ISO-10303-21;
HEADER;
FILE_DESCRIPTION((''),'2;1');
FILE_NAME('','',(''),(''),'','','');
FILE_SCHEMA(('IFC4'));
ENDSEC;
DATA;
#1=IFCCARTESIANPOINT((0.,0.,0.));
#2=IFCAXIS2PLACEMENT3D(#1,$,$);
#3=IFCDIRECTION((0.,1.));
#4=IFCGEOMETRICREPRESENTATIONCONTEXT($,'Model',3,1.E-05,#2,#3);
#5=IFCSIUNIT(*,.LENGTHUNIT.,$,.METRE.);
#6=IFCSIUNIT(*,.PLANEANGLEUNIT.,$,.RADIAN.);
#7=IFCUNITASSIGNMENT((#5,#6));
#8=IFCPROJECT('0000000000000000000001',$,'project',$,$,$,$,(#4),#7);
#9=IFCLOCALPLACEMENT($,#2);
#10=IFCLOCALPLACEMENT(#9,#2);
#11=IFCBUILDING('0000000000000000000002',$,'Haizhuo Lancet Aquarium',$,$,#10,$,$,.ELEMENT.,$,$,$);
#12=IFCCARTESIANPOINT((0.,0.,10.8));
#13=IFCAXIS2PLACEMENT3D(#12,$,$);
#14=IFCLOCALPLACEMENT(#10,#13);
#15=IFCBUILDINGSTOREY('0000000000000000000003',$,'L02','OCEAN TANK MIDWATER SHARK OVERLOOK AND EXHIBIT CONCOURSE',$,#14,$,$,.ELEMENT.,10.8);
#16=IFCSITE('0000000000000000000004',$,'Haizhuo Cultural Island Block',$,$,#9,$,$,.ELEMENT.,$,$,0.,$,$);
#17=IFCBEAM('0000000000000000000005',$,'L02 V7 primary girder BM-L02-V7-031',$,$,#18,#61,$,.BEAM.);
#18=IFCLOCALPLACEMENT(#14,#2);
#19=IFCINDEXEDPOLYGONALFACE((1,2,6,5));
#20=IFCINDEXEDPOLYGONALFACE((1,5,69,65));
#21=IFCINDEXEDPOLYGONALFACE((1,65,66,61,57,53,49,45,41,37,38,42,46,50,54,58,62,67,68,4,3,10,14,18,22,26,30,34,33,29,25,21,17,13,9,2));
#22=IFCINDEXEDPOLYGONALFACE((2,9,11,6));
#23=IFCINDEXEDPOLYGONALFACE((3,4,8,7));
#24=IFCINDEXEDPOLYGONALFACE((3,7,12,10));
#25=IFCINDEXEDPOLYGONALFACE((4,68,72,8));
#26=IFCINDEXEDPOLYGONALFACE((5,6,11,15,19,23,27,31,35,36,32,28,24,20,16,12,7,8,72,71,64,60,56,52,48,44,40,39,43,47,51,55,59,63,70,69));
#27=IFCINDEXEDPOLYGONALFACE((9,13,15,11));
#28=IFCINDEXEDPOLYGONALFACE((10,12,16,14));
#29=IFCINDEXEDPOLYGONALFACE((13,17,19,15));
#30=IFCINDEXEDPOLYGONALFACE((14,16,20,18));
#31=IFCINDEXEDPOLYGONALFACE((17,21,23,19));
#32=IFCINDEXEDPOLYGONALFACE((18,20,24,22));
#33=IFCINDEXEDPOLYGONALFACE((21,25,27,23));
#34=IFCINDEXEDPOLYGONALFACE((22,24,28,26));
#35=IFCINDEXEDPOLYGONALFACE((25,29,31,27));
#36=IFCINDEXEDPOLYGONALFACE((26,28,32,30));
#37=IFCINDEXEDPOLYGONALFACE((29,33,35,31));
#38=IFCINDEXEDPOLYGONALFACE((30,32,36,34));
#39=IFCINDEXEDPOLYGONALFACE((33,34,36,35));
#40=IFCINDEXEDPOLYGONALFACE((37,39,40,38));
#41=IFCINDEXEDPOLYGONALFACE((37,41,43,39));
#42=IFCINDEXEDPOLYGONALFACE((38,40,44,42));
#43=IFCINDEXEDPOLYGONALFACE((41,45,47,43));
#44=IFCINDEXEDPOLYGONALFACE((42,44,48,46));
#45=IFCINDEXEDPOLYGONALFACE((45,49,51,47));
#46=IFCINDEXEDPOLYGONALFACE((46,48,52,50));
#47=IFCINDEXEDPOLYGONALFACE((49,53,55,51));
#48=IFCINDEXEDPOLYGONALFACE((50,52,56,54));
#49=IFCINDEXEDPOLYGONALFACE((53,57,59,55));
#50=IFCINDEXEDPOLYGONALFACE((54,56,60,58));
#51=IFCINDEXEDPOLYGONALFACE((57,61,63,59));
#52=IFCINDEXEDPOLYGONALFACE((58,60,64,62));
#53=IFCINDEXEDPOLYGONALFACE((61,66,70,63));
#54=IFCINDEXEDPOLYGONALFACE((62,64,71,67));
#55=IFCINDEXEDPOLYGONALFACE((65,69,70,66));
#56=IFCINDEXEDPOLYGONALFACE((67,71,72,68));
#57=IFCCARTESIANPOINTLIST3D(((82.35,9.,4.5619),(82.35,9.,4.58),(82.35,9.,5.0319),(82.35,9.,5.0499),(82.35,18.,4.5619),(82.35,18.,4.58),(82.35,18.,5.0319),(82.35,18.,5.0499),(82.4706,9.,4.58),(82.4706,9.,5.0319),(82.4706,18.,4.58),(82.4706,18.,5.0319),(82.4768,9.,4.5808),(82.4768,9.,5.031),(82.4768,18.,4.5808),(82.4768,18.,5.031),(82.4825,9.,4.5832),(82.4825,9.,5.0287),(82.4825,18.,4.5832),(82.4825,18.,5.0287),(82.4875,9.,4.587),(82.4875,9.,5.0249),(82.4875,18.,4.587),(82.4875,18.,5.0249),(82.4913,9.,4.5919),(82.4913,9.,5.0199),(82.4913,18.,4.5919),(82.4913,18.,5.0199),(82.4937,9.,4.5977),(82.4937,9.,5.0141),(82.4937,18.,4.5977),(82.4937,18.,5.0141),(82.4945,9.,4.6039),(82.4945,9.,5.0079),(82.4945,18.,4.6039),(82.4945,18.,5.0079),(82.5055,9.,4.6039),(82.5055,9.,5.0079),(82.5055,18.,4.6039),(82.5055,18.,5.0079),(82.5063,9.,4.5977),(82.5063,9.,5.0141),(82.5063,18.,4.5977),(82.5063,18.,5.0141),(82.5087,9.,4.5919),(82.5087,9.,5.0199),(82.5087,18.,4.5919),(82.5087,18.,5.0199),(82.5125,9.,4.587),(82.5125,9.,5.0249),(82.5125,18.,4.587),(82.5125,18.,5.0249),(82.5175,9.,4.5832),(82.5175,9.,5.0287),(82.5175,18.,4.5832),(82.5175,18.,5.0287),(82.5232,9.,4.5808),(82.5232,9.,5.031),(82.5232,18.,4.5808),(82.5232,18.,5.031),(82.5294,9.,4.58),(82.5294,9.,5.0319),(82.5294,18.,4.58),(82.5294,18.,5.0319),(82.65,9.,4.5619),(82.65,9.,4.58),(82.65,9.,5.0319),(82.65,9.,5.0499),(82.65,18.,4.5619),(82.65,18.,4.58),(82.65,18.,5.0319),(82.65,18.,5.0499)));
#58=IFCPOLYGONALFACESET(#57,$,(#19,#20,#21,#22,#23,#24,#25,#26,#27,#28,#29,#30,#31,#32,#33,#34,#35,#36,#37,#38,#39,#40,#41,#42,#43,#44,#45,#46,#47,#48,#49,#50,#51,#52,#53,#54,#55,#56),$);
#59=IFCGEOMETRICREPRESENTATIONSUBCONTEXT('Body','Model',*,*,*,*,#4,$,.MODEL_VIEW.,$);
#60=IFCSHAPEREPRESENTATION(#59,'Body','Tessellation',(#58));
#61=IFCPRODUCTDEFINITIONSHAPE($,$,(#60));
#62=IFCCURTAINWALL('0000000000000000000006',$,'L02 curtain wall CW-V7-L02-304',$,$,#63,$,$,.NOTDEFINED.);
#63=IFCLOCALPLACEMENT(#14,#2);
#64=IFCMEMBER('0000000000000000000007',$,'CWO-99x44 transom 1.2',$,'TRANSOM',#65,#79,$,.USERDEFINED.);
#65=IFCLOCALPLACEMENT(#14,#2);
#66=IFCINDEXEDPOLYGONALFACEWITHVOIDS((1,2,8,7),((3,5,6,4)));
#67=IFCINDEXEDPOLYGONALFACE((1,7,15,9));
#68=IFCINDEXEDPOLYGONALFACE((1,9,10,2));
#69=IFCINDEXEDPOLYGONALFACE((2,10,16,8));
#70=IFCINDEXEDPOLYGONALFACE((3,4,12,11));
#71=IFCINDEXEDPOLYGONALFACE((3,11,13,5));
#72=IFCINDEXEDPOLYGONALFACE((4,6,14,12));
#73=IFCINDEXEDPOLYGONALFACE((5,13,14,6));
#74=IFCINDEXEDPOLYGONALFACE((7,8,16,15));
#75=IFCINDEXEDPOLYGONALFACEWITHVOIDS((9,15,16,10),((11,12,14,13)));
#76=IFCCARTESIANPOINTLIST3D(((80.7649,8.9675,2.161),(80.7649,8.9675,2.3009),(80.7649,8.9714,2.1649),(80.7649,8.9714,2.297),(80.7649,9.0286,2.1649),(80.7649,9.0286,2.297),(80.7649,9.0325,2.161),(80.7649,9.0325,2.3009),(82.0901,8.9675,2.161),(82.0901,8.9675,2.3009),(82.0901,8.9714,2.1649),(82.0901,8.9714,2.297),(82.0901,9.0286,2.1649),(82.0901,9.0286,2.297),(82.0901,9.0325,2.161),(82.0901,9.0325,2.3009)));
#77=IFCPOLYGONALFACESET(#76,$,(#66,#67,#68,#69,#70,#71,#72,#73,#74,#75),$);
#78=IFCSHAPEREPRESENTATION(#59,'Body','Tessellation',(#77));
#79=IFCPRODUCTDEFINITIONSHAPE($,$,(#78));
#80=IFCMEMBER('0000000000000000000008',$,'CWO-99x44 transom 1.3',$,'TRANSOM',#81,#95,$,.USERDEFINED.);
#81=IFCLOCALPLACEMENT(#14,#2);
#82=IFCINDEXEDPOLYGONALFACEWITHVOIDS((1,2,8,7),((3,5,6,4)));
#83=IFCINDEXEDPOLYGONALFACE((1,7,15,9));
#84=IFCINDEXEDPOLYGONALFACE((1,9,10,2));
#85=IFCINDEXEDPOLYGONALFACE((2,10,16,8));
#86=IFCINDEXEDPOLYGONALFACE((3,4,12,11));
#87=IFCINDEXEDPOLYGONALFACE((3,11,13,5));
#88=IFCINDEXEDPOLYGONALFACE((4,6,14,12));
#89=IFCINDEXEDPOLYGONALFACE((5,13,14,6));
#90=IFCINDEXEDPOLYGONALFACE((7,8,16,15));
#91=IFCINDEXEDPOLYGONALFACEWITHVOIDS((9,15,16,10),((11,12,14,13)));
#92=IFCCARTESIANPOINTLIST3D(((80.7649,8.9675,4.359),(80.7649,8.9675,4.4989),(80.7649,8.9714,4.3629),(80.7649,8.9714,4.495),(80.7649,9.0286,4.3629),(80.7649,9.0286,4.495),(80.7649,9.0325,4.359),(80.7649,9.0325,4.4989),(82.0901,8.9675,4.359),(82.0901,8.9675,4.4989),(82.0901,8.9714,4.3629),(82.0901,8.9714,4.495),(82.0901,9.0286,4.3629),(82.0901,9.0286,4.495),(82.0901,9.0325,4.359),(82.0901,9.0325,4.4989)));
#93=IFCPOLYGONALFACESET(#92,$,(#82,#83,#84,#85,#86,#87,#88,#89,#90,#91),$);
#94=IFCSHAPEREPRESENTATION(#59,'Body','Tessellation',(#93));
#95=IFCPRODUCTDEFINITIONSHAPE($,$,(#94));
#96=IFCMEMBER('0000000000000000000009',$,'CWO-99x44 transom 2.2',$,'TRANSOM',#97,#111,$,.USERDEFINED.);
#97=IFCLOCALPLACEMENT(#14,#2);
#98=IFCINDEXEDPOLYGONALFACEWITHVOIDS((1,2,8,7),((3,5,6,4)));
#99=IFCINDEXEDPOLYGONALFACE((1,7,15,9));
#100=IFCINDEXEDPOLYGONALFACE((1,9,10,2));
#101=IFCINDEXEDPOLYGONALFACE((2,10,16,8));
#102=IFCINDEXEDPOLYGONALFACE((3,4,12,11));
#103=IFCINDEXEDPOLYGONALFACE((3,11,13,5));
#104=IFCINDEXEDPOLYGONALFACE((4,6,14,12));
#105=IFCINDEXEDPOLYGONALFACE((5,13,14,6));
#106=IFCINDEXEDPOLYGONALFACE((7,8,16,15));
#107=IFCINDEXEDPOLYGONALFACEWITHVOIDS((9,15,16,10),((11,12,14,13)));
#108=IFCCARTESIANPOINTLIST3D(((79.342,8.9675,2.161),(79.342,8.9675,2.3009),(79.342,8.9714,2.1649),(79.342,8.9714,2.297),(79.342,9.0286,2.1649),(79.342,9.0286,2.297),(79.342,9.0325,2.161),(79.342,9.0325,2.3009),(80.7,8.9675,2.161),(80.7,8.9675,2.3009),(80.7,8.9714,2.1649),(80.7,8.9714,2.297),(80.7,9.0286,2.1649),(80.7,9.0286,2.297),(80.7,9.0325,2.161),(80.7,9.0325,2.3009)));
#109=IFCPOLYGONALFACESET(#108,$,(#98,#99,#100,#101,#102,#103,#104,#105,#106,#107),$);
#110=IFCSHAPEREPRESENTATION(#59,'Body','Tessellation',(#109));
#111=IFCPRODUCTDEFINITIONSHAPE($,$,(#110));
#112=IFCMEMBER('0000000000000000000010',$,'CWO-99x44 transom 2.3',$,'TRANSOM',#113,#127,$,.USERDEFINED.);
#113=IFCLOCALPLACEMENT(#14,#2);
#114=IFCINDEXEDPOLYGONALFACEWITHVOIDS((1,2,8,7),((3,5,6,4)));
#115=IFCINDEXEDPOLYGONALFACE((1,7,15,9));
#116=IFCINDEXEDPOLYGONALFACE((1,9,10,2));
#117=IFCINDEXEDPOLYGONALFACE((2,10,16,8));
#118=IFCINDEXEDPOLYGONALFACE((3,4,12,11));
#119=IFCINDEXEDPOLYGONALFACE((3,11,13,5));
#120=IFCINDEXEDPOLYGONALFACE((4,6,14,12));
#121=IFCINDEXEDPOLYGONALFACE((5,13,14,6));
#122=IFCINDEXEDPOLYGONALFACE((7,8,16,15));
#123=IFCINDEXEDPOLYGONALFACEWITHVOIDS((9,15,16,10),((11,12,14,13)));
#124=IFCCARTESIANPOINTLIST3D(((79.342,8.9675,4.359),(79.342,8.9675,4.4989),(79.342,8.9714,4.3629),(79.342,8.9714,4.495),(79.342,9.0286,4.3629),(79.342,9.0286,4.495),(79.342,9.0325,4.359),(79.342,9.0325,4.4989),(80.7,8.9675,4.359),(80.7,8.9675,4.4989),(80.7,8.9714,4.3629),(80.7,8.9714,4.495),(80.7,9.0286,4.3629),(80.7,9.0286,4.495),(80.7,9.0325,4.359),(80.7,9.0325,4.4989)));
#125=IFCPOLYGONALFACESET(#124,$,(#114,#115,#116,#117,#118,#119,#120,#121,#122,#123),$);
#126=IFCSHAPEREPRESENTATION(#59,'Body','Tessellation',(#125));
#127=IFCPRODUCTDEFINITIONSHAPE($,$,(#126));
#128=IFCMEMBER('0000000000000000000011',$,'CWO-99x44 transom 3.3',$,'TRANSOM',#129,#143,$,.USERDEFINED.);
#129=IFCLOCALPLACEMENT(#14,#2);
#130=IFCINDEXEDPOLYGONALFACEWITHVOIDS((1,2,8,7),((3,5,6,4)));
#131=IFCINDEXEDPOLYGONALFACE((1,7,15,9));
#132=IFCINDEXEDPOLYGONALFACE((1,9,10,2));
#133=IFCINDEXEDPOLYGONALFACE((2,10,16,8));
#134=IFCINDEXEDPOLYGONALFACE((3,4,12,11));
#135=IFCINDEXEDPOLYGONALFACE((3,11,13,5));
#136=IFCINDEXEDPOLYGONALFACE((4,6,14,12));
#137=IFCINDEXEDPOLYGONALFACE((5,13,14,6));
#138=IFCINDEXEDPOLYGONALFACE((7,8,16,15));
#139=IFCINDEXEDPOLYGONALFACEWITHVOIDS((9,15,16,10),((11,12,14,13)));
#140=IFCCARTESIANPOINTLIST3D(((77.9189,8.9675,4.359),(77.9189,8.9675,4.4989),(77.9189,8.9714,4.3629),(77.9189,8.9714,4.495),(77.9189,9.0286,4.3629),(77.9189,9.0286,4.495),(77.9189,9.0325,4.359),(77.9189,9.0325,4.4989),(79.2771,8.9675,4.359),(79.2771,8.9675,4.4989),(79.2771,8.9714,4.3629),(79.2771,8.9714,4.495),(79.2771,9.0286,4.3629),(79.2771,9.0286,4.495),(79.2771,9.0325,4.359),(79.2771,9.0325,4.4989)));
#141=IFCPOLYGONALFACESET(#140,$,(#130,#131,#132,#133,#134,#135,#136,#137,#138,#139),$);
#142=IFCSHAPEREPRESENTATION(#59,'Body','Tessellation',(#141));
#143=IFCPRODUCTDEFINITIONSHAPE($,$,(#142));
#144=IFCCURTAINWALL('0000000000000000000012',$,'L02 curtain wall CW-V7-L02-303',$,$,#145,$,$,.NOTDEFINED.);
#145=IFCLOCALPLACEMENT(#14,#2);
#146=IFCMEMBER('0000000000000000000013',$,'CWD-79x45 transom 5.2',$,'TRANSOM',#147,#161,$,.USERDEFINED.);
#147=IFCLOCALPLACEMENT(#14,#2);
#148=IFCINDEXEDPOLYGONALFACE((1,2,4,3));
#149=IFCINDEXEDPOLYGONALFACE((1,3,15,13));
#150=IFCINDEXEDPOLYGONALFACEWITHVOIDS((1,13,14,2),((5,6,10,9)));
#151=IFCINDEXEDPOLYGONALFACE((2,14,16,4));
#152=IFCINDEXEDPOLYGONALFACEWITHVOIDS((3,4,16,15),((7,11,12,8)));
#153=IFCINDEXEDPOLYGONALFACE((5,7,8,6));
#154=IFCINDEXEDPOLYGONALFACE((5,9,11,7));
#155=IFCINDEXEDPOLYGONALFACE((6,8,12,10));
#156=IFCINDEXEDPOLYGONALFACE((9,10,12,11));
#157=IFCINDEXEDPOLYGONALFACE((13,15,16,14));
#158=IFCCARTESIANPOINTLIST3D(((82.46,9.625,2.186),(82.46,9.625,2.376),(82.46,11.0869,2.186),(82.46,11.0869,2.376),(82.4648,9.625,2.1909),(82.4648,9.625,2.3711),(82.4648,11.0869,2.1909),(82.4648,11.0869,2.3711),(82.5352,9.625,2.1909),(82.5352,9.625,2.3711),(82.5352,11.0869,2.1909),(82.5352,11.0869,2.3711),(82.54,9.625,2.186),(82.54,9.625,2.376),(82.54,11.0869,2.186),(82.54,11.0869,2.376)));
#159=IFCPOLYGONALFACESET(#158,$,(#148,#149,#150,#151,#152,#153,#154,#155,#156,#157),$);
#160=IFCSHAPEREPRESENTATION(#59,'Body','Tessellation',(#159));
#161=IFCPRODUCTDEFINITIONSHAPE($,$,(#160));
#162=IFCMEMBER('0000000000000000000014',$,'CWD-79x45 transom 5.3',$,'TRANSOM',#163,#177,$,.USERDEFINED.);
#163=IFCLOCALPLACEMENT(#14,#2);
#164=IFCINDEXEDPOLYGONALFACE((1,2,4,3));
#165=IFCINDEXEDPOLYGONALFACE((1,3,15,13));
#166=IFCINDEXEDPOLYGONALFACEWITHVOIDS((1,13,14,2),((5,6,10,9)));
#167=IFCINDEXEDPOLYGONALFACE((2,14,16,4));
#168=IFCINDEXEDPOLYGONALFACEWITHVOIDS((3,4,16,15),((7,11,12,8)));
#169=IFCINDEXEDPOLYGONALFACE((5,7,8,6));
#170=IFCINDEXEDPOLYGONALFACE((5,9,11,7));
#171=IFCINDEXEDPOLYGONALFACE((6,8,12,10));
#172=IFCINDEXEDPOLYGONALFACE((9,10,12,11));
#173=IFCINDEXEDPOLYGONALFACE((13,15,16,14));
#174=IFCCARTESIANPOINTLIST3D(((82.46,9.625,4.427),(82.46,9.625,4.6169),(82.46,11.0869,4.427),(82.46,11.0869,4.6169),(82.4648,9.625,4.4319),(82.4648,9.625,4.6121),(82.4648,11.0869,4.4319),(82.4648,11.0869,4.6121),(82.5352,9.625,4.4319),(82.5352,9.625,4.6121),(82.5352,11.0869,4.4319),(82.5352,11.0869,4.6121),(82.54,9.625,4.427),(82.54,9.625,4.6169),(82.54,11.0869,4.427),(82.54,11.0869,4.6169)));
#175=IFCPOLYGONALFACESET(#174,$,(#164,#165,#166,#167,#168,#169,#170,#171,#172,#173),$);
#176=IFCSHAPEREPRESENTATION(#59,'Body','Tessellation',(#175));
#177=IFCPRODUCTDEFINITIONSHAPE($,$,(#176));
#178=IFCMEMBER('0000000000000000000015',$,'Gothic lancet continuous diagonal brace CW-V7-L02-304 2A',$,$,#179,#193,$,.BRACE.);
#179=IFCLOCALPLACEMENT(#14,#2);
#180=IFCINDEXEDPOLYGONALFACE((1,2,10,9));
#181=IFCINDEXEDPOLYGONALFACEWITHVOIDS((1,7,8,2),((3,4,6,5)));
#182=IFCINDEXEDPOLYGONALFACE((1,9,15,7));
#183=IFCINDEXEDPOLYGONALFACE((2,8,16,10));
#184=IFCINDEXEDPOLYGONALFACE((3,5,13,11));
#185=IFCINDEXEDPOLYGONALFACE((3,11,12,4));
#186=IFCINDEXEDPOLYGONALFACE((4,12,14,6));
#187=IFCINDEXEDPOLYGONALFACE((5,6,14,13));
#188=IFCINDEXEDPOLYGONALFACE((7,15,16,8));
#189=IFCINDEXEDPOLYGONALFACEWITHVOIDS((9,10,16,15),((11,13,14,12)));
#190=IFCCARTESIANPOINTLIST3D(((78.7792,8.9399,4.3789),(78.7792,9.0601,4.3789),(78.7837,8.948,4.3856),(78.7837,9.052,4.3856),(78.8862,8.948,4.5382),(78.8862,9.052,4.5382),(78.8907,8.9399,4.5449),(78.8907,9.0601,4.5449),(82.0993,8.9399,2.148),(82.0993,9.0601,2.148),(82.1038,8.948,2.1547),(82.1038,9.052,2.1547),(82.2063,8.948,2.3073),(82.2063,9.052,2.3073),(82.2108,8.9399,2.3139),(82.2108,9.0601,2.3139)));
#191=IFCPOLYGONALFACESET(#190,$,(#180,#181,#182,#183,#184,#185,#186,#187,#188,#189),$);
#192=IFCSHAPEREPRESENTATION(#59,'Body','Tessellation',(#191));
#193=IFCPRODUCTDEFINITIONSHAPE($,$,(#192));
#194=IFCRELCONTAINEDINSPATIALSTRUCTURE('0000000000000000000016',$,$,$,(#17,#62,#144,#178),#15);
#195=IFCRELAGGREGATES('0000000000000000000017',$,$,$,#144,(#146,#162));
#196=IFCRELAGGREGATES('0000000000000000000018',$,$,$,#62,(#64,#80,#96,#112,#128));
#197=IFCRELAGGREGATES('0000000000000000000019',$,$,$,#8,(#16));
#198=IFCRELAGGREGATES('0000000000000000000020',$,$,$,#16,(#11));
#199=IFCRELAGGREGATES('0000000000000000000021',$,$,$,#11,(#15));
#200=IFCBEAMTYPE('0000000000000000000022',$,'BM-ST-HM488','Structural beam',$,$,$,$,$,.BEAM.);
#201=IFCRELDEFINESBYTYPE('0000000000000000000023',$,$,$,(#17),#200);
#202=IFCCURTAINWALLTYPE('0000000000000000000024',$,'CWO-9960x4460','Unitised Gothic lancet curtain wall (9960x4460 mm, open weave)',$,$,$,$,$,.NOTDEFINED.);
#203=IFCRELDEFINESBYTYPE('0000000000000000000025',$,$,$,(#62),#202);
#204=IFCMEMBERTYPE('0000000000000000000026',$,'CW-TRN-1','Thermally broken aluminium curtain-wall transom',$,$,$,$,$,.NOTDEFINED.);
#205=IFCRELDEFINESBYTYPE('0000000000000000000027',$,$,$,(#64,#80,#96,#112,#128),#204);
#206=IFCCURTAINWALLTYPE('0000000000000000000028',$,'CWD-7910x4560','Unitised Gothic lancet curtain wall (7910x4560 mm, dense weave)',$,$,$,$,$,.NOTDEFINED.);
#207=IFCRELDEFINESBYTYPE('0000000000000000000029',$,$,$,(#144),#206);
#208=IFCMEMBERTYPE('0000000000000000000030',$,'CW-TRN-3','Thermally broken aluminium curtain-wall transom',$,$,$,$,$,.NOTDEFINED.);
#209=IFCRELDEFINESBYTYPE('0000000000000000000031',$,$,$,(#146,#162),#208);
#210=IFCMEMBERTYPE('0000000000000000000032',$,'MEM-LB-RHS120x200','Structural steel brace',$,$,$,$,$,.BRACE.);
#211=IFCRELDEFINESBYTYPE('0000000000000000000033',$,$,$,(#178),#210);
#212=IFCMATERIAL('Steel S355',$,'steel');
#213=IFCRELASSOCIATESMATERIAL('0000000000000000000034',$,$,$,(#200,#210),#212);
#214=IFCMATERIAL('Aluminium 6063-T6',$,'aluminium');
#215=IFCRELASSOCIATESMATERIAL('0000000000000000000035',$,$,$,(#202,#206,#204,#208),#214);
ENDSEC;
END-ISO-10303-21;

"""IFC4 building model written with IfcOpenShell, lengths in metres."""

from ifc_helpers import new_model, si_unit, direction, frame, origin, origin_2d, place, context, subcontext, project, spatial, hollow_rectangle, i_section, extrude, material, material_profile, profile_set, type_object, element, aggregate, save


model = new_model("IFC4")

# Units and contexts
model_context = context("Model", 3, precision=1e-05, world=origin(), true_north=direction((0.0, 1.0)))
body_context = subcontext(model_context, "Body", "Model", "MODEL_VIEW")
ifc_project = project(units=[si_unit("LENGTHUNIT", "METRE"), si_unit("PLANEANGLEUNIT", "RADIAN")], contexts=[model_context])

# Site, building, storey
site_placement = place(None, origin())
site = spatial("IfcSite", under=ifc_project, at=site_placement, Name="Haizhuo Cultural Island Block", CompositionType="ELEMENT", RefElevation=0.0)
building_placement = place(site_placement, origin())
building = spatial("IfcBuilding", under=site, at=building_placement, Name="Haizhuo Lancet Aquarium", CompositionType="ELEMENT")
storey_placement = place(building_placement, frame((0.0, 0.0, 10.8)))
storey = spatial("IfcBuildingStorey", under=building, at=storey_placement, Name="L02", Description="OCEAN TANK MIDWATER SHARK OVERLOOK AND EXHIBIT CONCOURSE", CompositionType="ELEMENT", Elevation=10.8)

# Beam
ifc_material_1 = material(Name="Steel S355", Category="steel")
ifc_material_profile_1 = material_profile(ifc_material_1, i_section(OverallWidth=0.3, OverallDepth=0.488, WebThickness=0.011, FlangeThickness=0.0181, FilletRadius=0.0239, at=origin_2d()), Name="HM 488x300x11x18")
ifc_profile_set_1 = profile_set([ifc_material_profile_1], Name="Steel S355")
beam_type = type_object("IfcBeamType", Name="BM-ST-HM488", Description="Structural beam", PredefinedType="BEAM", material=ifc_profile_set_1)
beam_placement = place(storey_placement, frame((82.5, 9.0, 4.8059), z_axis=(0.0, 1.0, 0.0), x_axis=(-1.0, 0.0, 0.0)))
element("IfcBeam", 1, at=beam_placement, inside=storey, type_object=beam_type, Name="L02 V7 primary girder BM-L02-V7-031", PredefinedType="BEAM", context=body_context, shape_type="SweptSolid", body=[
    extrude(i_section(OverallWidth=0.3, OverallDepth=0.488, WebThickness=0.011, FlangeThickness=0.0181, FilletRadius=0.0239, at=origin_2d()), origin(), (0.0, 0.0, 1.0), 9.0),
])

# Curtain walls, members
ifc_material_2 = material(Name="Aluminium 6063-T6", Category="aluminium")
curtain_wall_type_1 = type_object("IfcCurtainWallType", Name="CWO-9960x4460", Description="Unitised Gothic lancet curtain wall (9960x4460 mm, open weave)", PredefinedType="NOTDEFINED", material=ifc_material_2)
curtain_wall_1_placement = place(storey_placement, origin())
curtain_wall_1 = element("IfcCurtainWall", 2, at=curtain_wall_1_placement, inside=storey, type_object=curtain_wall_type_1, Name="L02 curtain wall CW-V7-L02-304", PredefinedType="NOTDEFINED")
ifc_material_profile_2 = material_profile(ifc_material_2, hollow_rectangle(XDim=0.0649, YDim=0.1399, WallThickness=0.0039, at=origin_2d()), Name="ALU-T 65x140x4")
ifc_profile_set_2 = profile_set([ifc_material_profile_2], Name="Aluminium 6063-T6")
member_type_1 = type_object("IfcMemberType", Name="CW-TRN-1", Description="Thermally broken aluminium curtain-wall transom", PredefinedType="NOTDEFINED", material=ifc_profile_set_2)
member_1_placement = place(storey_placement, frame((82.0901, 9.0, 2.231), z_axis=(-1.0, 0.0, 0.0), x_axis=(0.0, -1.0, 0.0)))
member_1 = element("IfcMember", 3, at=member_1_placement, type_object=member_type_1, Name="CWO-99x44 transom 1.2", ObjectType="TRANSOM", PredefinedType="USERDEFINED", context=body_context, shape_type="SweptSolid", body=[
    extrude(hollow_rectangle(XDim=0.0649, YDim=0.1399, WallThickness=0.0039, at=origin_2d()), origin(), (0.0, 0.0, 1.0), 1.3252),
])
member_2_placement = place(storey_placement, frame((82.0901, 9.0, 4.429), z_axis=(-1.0, 0.0, 0.0), x_axis=(0.0, -1.0, 0.0)))
member_2 = element("IfcMember", 4, at=member_2_placement, type_object=member_type_1, Name="CWO-99x44 transom 1.3", ObjectType="TRANSOM", PredefinedType="USERDEFINED", context=body_context, shape_type="SweptSolid", body=[
    extrude(hollow_rectangle(XDim=0.0649, YDim=0.1399, WallThickness=0.0039, at=origin_2d()), origin(), (0.0, 0.0, 1.0), 1.3252),
])
member_3_placement = place(storey_placement, frame((80.7, 9.0, 2.231), z_axis=(-1.0, 0.0, 0.0), x_axis=(0.0, -1.0, 0.0)))
member_3 = element("IfcMember", 5, at=member_3_placement, type_object=member_type_1, Name="CWO-99x44 transom 2.2", ObjectType="TRANSOM", PredefinedType="USERDEFINED", context=body_context, shape_type="SweptSolid", body=[
    extrude(hollow_rectangle(XDim=0.0649, YDim=0.1399, WallThickness=0.0039, at=origin_2d()), origin(), (0.0, 0.0, 1.0), 1.3579),
])
member_4_placement = place(storey_placement, frame((80.7, 9.0, 4.429), z_axis=(-1.0, 0.0, 0.0), x_axis=(0.0, -1.0, 0.0)))
member_4 = element("IfcMember", 6, at=member_4_placement, type_object=member_type_1, Name="CWO-99x44 transom 2.3", ObjectType="TRANSOM", PredefinedType="USERDEFINED", context=body_context, shape_type="SweptSolid", body=[
    extrude(hollow_rectangle(XDim=0.0649, YDim=0.1399, WallThickness=0.0039, at=origin_2d()), origin(), (0.0, 0.0, 1.0), 1.3579),
])
member_5_placement = place(storey_placement, frame((79.2771, 9.0, 4.429), z_axis=(-1.0, 0.0, 0.0), x_axis=(0.0, -1.0, 0.0)))
member_5 = element("IfcMember", 7, at=member_5_placement, type_object=member_type_1, Name="CWO-99x44 transom 3.3", ObjectType="TRANSOM", PredefinedType="USERDEFINED", context=body_context, shape_type="SweptSolid", body=[
    extrude(hollow_rectangle(XDim=0.0649, YDim=0.1399, WallThickness=0.0039, at=origin_2d()), origin(), (0.0, 0.0, 1.0), 1.3582),
])
curtain_wall_type_2 = type_object("IfcCurtainWallType", Name="CWD-7910x4560", Description="Unitised Gothic lancet curtain wall (7910x4560 mm, dense weave)", PredefinedType="NOTDEFINED", material=ifc_material_2)
curtain_wall_2_placement = place(storey_placement, origin())
curtain_wall_2 = element("IfcCurtainWall", 8, at=curtain_wall_2_placement, inside=storey, type_object=curtain_wall_type_2, Name="L02 curtain wall CW-V7-L02-303", PredefinedType="NOTDEFINED")
ifc_material_profile_3 = material_profile(ifc_material_2, hollow_rectangle(XDim=0.0801, YDim=0.1899, WallThickness=0.0049, at=origin_2d()), Name="ALU-T 80x190x5")
ifc_profile_set_3 = profile_set([ifc_material_profile_3], Name="Aluminium 6063-T6")
member_type_2 = type_object("IfcMemberType", Name="CW-TRN-3", Description="Thermally broken aluminium curtain-wall transom", PredefinedType="NOTDEFINED", material=ifc_profile_set_3)
member_6_placement = place(storey_placement, frame((82.5, 11.0869, 2.281), z_axis=(0.0, -1.0, 0.0), x_axis=(1.0, 0.0, 0.0)))
member_6 = element("IfcMember", 9, at=member_6_placement, type_object=member_type_2, Name="CWD-79x45 transom 5.2", ObjectType="TRANSOM", PredefinedType="USERDEFINED", context=body_context, shape_type="SweptSolid", body=[
    extrude(hollow_rectangle(XDim=0.0801, YDim=0.1899, WallThickness=0.0049, at=origin_2d()), origin(), (0.0, 0.0, 1.0), 1.4619),
])
member_7_placement = place(storey_placement, frame((82.5, 11.0869, 4.522), z_axis=(0.0, -1.0, 0.0), x_axis=(1.0, 0.0, 0.0)))
member_7 = element("IfcMember", 10, at=member_7_placement, type_object=member_type_2, Name="CWD-79x45 transom 5.3", ObjectType="TRANSOM", PredefinedType="USERDEFINED", context=body_context, shape_type="SweptSolid", body=[
    extrude(hollow_rectangle(XDim=0.0801, YDim=0.1899, WallThickness=0.0049, at=origin_2d()), origin(), (0.0, 0.0, 1.0), 1.4619),
])

# Member
ifc_material_profile_4 = material_profile(ifc_material_1, hollow_rectangle(XDim=0.1201, YDim=0.2, WallThickness=0.0081, at=origin_2d()), Name="RHS 120x200x8")
ifc_profile_set_4 = profile_set([ifc_material_profile_4], Name="Steel S355")
member_type_3 = type_object("IfcMemberType", Name="MEM-LB-RHS120x200", Description="Structural steel brace", PredefinedType="BRACE", material=ifc_profile_set_4)
member_8_placement = place(storey_placement, frame((82.155, 9.0, 2.231), z_axis=(-0.830016, 0.0, 0.557739), x_axis=(0.0, -1.0, 0.0)))
element("IfcMember", 11, at=member_8_placement, inside=storey, type_object=member_type_3, Name="Gothic lancet continuous diagonal brace CW-V7-L02-304 2A", PredefinedType="BRACE", context=body_context, shape_type="SweptSolid", body=[
    extrude(hollow_rectangle(XDim=0.1201, YDim=0.2, WallThickness=0.0081, at=origin_2d()), origin(), (0.0, 0.0, 1.0), 4.0),
])

aggregate(curtain_wall_2, [member_6, member_7])
aggregate(curtain_wall_1, [member_1, member_2, member_3, member_4, member_5])

save(model, "model.ifc")
